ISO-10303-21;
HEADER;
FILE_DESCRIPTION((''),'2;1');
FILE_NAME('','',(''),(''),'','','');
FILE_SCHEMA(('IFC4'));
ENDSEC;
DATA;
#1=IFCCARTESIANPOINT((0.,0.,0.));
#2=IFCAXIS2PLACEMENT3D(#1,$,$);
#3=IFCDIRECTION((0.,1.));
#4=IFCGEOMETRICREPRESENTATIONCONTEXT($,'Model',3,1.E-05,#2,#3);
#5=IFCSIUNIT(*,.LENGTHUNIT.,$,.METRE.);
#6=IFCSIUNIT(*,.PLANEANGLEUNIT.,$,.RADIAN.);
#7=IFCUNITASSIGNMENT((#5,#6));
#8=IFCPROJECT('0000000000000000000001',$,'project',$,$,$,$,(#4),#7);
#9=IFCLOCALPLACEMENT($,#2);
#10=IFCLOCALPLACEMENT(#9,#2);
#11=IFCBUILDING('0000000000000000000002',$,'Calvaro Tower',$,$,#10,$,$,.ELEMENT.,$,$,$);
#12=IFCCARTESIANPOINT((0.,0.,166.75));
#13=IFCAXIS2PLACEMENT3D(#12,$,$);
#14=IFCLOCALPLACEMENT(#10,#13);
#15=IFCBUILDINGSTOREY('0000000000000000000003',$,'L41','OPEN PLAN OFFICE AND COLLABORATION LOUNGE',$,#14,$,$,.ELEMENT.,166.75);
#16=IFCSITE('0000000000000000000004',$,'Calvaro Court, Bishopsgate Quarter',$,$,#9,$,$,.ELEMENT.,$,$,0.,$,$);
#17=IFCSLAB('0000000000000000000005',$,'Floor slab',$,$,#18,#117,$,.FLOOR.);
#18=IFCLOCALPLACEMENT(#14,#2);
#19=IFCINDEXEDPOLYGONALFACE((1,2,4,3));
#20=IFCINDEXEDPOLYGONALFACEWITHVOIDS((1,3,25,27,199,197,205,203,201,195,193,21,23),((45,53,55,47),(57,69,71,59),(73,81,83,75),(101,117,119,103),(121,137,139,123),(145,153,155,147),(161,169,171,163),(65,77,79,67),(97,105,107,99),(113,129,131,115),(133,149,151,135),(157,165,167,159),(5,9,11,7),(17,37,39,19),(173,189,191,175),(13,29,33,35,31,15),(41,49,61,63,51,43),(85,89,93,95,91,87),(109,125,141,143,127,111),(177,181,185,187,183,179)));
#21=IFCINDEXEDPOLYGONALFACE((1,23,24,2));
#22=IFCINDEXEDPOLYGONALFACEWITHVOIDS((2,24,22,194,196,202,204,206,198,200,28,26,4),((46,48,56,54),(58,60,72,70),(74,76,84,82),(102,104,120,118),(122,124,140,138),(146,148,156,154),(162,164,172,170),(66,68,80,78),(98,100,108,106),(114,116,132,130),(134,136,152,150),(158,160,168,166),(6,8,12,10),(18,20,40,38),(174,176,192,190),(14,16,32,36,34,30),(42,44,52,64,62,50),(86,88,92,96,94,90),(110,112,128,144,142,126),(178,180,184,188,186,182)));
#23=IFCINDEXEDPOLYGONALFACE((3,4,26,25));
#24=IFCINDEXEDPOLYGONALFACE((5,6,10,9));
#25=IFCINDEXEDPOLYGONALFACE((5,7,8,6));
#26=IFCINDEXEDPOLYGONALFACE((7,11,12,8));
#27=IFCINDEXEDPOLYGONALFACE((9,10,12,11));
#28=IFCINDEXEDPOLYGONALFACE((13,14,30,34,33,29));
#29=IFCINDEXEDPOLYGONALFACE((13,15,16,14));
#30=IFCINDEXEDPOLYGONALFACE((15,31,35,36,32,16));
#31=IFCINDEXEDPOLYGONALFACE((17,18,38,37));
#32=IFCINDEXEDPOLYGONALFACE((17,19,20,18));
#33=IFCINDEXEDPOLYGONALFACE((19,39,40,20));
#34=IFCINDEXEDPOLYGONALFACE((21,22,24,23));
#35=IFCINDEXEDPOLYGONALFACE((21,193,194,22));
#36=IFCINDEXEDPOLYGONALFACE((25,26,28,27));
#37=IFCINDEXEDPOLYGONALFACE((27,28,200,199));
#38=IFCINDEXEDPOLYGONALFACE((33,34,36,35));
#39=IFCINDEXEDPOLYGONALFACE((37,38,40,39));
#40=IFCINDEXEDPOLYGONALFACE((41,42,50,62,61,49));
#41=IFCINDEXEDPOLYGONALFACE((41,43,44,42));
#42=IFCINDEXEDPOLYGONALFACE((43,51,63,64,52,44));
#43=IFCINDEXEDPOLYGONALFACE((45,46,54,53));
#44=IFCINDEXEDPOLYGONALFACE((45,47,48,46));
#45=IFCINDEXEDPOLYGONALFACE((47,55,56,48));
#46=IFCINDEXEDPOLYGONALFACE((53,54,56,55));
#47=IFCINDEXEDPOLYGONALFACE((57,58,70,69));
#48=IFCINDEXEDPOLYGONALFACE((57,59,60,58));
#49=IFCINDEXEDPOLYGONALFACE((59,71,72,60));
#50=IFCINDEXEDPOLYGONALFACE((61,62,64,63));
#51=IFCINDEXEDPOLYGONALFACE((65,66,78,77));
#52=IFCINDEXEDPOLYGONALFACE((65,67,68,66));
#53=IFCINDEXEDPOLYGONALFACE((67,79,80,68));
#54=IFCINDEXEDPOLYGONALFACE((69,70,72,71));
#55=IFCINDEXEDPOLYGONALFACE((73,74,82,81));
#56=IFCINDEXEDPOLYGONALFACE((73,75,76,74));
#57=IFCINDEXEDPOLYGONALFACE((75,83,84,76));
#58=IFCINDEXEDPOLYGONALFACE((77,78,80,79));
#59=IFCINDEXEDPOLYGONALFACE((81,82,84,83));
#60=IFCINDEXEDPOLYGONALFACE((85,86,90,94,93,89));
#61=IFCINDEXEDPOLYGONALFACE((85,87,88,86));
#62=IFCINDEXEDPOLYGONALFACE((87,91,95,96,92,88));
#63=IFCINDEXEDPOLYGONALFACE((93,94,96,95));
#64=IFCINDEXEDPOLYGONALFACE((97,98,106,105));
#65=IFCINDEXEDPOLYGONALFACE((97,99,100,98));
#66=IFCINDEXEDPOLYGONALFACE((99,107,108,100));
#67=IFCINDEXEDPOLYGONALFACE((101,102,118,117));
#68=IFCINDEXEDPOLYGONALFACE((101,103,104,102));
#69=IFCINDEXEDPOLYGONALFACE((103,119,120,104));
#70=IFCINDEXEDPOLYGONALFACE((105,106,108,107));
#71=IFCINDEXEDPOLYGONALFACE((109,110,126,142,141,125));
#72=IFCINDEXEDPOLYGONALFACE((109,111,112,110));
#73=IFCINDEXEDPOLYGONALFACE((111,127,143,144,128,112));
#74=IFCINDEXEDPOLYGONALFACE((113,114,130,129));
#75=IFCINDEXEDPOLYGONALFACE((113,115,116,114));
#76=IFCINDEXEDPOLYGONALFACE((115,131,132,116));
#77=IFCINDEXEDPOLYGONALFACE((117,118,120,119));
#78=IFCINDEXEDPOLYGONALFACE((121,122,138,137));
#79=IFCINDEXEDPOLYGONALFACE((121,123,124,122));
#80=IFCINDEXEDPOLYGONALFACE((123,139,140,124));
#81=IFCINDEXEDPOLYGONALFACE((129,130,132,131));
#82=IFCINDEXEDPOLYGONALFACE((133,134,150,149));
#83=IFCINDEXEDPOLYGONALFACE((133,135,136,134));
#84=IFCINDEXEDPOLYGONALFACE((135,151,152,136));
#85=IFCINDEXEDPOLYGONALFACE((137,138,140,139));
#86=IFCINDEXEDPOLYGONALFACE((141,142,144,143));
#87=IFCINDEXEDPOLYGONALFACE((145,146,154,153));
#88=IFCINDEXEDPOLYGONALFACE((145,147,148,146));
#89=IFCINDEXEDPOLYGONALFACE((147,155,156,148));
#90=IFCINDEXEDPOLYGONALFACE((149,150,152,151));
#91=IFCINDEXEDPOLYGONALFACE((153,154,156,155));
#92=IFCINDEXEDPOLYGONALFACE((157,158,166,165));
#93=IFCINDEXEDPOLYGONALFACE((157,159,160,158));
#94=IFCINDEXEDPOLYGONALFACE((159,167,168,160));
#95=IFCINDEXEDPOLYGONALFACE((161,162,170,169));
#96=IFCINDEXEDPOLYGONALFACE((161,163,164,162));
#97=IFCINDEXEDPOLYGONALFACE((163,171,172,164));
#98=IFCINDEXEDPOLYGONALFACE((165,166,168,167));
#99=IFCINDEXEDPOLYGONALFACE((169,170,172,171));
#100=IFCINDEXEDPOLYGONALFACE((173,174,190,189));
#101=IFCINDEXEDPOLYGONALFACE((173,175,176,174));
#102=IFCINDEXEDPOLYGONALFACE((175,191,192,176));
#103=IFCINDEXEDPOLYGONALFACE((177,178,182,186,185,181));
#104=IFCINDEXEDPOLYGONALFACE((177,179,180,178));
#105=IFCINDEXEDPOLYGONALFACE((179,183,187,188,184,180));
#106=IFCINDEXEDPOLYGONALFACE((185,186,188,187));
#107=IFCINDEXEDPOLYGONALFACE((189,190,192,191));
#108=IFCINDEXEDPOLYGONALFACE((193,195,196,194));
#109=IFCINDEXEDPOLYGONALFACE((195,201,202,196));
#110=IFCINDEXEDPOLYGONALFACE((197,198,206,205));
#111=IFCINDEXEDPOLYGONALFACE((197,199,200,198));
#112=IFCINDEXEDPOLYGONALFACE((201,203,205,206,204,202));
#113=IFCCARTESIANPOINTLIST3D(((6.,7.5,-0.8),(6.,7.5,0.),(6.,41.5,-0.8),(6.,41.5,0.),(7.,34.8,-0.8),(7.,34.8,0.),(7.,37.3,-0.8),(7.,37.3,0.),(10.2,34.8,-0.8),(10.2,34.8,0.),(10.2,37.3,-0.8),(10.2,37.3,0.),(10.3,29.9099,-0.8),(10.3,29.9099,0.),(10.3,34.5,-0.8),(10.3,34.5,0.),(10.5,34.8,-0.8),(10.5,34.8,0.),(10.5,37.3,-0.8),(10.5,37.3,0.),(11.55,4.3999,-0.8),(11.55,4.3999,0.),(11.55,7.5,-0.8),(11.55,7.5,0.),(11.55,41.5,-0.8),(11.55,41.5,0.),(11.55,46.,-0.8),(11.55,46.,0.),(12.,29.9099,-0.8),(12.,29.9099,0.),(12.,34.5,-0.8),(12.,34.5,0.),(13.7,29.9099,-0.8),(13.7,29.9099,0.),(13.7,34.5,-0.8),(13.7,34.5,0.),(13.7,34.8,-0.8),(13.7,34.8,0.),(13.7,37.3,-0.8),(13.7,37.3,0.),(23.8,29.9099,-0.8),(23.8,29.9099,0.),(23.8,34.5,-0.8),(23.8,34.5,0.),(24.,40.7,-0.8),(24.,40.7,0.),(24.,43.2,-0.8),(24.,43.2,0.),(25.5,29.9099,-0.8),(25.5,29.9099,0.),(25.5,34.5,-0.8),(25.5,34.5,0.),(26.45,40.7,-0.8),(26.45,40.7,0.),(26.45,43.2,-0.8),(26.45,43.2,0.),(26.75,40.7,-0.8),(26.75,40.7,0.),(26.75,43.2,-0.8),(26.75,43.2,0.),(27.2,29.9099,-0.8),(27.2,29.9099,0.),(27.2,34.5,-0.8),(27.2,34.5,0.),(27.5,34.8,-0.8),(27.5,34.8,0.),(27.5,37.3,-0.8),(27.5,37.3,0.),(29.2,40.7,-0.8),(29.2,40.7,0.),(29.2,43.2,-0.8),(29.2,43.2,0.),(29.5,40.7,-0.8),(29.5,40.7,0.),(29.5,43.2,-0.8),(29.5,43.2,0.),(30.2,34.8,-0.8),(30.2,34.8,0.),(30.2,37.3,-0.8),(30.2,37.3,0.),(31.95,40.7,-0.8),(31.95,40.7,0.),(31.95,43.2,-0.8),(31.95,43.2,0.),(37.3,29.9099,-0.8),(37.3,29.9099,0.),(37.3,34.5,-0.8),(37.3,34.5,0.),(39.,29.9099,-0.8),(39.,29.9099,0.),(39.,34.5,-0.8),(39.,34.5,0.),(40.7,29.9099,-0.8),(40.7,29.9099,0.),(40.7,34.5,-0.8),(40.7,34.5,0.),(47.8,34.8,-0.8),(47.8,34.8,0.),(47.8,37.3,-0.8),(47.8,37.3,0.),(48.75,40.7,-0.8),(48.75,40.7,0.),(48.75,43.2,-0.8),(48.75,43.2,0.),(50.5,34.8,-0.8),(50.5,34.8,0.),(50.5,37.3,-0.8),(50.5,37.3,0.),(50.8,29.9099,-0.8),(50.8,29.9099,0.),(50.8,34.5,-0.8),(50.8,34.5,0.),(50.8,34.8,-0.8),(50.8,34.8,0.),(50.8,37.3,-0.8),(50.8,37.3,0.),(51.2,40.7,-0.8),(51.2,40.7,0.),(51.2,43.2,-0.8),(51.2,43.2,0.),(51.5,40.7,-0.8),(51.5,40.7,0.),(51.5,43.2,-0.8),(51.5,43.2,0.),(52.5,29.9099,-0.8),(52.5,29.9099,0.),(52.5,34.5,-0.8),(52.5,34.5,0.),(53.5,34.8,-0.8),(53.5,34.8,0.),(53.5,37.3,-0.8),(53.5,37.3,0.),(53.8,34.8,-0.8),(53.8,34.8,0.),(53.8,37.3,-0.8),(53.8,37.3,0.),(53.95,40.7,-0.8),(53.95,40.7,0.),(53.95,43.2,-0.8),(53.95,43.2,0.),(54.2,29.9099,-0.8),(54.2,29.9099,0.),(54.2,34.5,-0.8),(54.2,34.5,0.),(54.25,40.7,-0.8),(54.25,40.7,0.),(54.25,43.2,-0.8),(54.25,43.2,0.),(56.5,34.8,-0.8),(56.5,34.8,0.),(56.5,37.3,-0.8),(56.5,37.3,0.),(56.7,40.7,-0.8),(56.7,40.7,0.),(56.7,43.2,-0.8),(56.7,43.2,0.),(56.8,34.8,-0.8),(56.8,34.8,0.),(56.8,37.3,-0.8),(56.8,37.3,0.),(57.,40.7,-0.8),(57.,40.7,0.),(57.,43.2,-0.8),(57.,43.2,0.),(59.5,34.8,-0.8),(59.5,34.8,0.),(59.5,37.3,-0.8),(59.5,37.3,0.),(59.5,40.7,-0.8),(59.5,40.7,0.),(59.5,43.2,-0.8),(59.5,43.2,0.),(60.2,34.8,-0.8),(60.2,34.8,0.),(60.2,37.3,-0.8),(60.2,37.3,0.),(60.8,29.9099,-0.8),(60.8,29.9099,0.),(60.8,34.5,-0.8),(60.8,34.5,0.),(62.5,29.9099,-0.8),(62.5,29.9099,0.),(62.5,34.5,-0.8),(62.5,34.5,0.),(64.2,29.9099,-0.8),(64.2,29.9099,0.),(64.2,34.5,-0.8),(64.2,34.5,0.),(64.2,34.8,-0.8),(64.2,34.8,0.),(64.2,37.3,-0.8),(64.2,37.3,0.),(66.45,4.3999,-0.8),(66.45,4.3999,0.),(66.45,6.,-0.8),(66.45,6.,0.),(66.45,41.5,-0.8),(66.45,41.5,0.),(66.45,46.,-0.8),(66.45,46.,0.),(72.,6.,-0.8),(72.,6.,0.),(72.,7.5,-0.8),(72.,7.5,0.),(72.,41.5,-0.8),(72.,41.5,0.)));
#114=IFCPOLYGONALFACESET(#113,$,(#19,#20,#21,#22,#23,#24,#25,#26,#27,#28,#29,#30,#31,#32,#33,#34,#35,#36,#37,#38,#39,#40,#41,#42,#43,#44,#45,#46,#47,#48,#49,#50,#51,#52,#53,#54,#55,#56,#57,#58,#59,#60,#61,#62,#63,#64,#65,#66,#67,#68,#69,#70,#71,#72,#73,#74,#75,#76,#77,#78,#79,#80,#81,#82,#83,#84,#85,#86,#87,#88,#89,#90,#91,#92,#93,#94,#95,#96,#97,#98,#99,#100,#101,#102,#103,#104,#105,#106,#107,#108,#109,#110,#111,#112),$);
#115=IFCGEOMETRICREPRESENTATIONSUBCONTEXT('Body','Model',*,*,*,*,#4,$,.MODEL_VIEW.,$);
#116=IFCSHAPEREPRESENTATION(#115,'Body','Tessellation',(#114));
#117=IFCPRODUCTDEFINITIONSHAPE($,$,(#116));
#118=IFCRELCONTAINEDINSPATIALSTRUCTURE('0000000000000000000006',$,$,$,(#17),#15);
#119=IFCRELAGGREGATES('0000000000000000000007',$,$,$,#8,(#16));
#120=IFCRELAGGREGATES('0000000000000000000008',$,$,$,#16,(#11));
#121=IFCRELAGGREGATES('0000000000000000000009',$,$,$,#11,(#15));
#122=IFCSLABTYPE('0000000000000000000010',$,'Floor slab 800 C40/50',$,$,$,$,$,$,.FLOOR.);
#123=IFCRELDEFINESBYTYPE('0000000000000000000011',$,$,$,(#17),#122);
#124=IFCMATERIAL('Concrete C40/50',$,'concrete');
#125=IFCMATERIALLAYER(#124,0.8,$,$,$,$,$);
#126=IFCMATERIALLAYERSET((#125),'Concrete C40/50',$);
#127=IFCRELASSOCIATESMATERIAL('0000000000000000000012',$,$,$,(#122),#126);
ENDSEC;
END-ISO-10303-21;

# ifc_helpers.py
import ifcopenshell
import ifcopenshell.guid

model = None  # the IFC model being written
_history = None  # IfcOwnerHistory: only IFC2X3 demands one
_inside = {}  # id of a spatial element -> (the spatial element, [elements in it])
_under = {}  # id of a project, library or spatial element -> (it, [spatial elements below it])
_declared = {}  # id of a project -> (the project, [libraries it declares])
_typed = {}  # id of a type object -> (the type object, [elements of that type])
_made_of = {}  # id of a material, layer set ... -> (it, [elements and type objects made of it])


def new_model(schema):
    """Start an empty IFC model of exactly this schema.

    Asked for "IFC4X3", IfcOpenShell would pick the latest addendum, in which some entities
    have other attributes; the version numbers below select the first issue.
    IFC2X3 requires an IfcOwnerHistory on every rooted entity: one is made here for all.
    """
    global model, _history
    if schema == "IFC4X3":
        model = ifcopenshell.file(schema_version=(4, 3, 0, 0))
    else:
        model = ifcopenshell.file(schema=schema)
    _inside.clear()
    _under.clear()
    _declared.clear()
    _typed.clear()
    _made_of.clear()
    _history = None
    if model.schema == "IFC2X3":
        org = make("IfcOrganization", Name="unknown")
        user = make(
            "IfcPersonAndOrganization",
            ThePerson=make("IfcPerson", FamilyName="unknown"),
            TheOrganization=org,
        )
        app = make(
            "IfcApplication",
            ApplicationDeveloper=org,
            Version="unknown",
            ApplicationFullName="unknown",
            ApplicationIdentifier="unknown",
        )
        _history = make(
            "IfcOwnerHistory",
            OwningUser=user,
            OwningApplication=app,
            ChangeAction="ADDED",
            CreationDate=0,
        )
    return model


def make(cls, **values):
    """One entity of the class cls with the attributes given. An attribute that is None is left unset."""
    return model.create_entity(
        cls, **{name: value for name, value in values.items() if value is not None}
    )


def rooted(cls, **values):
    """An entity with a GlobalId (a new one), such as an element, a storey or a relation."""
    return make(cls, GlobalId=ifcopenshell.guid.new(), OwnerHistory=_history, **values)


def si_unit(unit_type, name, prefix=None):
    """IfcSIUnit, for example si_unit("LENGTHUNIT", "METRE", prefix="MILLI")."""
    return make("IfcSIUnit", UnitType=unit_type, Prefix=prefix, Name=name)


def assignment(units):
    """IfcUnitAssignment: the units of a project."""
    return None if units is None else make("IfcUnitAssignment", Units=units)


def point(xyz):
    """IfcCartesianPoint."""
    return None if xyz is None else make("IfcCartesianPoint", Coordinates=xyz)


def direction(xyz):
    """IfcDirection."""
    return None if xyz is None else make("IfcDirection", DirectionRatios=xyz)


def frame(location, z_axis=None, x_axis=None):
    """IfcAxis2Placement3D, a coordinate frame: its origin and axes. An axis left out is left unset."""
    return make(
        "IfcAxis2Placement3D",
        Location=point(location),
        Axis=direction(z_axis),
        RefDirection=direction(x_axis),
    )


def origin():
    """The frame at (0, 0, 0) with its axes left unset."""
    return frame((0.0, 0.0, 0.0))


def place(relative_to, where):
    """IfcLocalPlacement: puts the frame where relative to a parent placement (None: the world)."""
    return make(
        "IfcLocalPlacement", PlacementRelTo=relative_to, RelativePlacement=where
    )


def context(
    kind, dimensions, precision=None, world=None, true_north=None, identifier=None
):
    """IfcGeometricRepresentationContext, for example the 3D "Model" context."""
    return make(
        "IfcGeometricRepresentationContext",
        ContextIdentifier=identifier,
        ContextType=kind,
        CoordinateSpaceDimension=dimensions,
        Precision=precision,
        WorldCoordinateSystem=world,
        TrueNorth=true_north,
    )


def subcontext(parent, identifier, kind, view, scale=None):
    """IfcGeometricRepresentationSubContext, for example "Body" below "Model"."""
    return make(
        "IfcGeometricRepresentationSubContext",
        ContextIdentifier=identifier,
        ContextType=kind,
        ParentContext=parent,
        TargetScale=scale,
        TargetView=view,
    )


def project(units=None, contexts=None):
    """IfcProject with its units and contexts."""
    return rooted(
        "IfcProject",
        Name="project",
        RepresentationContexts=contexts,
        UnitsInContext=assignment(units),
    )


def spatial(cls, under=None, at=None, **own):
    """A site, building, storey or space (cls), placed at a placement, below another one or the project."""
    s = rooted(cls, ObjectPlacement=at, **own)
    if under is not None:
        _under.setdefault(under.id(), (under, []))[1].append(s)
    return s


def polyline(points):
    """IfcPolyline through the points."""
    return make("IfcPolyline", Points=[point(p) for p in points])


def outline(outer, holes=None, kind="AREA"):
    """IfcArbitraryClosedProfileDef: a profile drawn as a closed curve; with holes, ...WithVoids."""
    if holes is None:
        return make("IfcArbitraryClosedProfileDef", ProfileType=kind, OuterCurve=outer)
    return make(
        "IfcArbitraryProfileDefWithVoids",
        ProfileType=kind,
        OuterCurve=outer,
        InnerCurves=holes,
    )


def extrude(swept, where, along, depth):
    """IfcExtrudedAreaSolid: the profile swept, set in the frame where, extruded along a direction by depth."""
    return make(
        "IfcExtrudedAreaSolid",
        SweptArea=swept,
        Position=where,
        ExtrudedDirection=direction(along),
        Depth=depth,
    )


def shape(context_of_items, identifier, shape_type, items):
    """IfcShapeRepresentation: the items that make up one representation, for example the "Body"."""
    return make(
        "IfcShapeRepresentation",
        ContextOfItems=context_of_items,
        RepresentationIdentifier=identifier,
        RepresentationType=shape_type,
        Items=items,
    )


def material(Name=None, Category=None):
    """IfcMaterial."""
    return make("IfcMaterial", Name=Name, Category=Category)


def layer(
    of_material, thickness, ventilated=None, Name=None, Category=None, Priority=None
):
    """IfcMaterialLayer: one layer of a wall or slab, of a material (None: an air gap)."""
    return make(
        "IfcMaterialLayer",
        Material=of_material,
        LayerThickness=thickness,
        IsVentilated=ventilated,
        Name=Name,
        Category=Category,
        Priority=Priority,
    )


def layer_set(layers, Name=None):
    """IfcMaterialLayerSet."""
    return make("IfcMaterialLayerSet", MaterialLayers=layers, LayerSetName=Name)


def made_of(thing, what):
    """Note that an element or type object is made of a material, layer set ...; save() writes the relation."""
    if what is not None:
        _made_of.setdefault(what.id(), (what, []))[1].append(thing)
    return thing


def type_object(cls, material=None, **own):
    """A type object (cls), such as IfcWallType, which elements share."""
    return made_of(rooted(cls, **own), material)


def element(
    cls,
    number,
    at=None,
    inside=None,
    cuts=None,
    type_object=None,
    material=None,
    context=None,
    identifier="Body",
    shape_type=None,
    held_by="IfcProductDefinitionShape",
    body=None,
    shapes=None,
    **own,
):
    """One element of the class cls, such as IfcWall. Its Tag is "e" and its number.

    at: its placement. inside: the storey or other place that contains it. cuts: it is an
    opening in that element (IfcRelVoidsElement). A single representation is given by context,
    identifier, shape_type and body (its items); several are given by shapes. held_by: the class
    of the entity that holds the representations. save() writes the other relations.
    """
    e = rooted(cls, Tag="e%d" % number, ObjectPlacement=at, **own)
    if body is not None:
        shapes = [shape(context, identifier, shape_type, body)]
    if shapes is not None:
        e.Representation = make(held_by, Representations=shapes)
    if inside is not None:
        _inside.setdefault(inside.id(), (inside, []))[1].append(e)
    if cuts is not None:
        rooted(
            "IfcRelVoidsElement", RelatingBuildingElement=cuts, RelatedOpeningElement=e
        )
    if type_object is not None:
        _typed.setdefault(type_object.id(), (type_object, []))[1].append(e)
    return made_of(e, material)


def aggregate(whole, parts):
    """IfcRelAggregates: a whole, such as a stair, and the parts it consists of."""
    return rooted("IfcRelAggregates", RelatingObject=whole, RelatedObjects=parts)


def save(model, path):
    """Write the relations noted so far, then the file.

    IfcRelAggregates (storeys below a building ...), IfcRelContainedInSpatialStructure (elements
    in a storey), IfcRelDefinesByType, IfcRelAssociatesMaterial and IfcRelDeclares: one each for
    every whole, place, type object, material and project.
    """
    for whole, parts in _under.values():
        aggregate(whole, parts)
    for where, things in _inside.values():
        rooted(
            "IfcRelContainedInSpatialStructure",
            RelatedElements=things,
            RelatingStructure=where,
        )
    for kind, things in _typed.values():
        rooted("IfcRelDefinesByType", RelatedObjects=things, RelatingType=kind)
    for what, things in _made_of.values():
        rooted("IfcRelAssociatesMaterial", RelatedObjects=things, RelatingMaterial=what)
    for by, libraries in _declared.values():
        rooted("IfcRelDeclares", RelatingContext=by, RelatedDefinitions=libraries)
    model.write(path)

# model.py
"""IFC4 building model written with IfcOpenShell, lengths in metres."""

from ifc_helpers import new_model, si_unit, direction, frame, origin, place, context, subcontext, project, spatial, polyline, outline, extrude, material, layer, layer_set, type_object, element, save


model = new_model("IFC4")

# Units and contexts
model_context = context("Model", 3, precision=1e-05, world=origin(), true_north=direction((0.0, 1.0)))
body_context = subcontext(model_context, "Body", "Model", "MODEL_VIEW")
ifc_project = project(units=[si_unit("LENGTHUNIT", "METRE"), si_unit("PLANEANGLEUNIT", "RADIAN")], contexts=[model_context])

# Site, building, storey
site_placement = place(None, origin())
site = spatial("IfcSite", under=ifc_project, at=site_placement, Name="Calvaro Court, Bishopsgate Quarter", CompositionType="ELEMENT", RefElevation=0.0)
building_placement = place(site_placement, origin())
building = spatial("IfcBuilding", under=site, at=building_placement, Name="Calvaro Tower", CompositionType="ELEMENT")
storey_placement = place(building_placement, frame((0.0, 0.0, 166.75)))
storey = spatial("IfcBuildingStorey", under=building, at=storey_placement, Name="L41", Description="OPEN PLAN OFFICE AND COLLABORATION LOUNGE", CompositionType="ELEMENT", Elevation=166.75)

# Slab
ifc_material_1 = material(Name="Concrete C40/50", Category="concrete")
ifc_layer_1 = layer(ifc_material_1, 0.8)
ifc_layer_set_1 = layer_set([ifc_layer_1], Name="Concrete C40/50")
slab_type_1 = type_object("IfcSlabType", Name="Floor slab 800 C40/50", PredefinedType="FLOOR", material=ifc_layer_set_1)
slab_1_placement = place(storey_placement, frame((0.0, 0.0, -0.8)))
element("IfcSlab", 1, at=slab_1_placement, inside=storey, type_object=slab_type_1, Name="Floor slab", PredefinedType="FLOOR", context=body_context, shape_type="SweptSolid", body=[
    extrude(outline(polyline([(66.45, 6.0), (66.45, 4.3999), (11.55, 4.3999), (11.55, 7.5), (6.0, 7.5), (6.0, 41.5), (11.55, 41.5), (11.55, 46.0), (66.45, 46.0), (66.45, 41.5), (72.0, 41.5), (72.0, 7.5), (72.0, 6.0), (66.45, 6.0)]), holes=[polyline([(10.3, 29.9099), (10.3, 34.5), (12.0, 34.5), (13.7, 34.5), (13.7, 29.9099), (12.0, 29.9099), (10.3, 29.9099)]), polyline([(23.8, 29.9099), (23.8, 34.5), (25.5, 34.5), (27.2, 34.5), (27.2, 29.9099), (25.5, 29.9099), (23.8, 29.9099)]), polyline([(37.3, 29.9099), (37.3, 34.5), (39.0, 34.5), (40.7, 34.5), (40.7, 29.9099), (39.0, 29.9099), (37.3, 29.9099)]), polyline([(50.8, 29.9099), (50.8, 34.5), (52.5, 34.5), (54.2, 34.5), (54.2, 29.9099), (52.5, 29.9099), (50.8, 29.9099)]), polyline([(60.8, 29.9099), (60.8, 34.5), (62.5, 34.5), (64.2, 34.5), (64.2, 29.9099), (62.5, 29.9099), (60.8, 29.9099)]), polyline([(50.8, 34.8), (53.5, 34.8), (53.5, 37.3), (50.8, 37.3), (50.8, 34.8)]), polyline([(53.8, 34.8), (56.5, 34.8), (56.5, 37.3), (53.8, 37.3), (53.8, 34.8)]), polyline([(56.8, 34.8), (59.5, 34.8), (59.5, 37.3), (56.8, 37.3), (56.8, 34.8)]), polyline([(24.0, 40.7), (26.45, 40.7), (26.45, 43.2), (24.0, 43.2), (24.0, 40.7)]), polyline([(26.75, 40.7), (29.2, 40.7), (29.2, 43.2), (26.75, 43.2), (26.75, 40.7)]), polyline([(29.5, 40.7), (31.95, 40.7), (31.95, 43.2), (29.5, 43.2), (29.5, 40.7)]), polyline([(48.75, 40.7), (51.2, 40.7), (51.2, 43.2), (48.75, 43.2), (48.75, 40.7)]), polyline([(51.5, 40.7), (53.95, 40.7), (53.95, 43.2), (51.5, 43.2), (51.5, 40.7)]), polyline([(54.25, 40.7), (56.7, 40.7), (56.7, 43.2), (54.25, 43.2), (54.25, 40.7)]), polyline([(57.0, 40.7), (59.5, 40.7), (59.5, 43.2), (57.0, 43.2), (57.0, 40.7)]), polyline([(7.0, 34.8), (10.2, 34.8), (10.2, 37.3), (7.0, 37.3), (7.0, 34.8)]), polyline([(10.5, 34.8), (13.7, 34.8), (13.7, 37.3), (10.5, 37.3), (10.5, 34.8)]), polyline([(60.2, 34.8), (64.2, 34.8), (64.2, 37.3), (60.2, 37.3), (60.2, 34.8)]), polyline([(27.5, 34.8), (30.2, 34.8), (30.2, 37.3), (27.5, 37.3), (27.5, 34.8)]), polyline([(47.8, 34.8), (50.5, 34.8), (50.5, 37.3), (47.8, 37.3), (47.8, 34.8)])]), origin(), (0.0, 0.0, 1.0), 0.8),
])

save(model, "model.ifc")
